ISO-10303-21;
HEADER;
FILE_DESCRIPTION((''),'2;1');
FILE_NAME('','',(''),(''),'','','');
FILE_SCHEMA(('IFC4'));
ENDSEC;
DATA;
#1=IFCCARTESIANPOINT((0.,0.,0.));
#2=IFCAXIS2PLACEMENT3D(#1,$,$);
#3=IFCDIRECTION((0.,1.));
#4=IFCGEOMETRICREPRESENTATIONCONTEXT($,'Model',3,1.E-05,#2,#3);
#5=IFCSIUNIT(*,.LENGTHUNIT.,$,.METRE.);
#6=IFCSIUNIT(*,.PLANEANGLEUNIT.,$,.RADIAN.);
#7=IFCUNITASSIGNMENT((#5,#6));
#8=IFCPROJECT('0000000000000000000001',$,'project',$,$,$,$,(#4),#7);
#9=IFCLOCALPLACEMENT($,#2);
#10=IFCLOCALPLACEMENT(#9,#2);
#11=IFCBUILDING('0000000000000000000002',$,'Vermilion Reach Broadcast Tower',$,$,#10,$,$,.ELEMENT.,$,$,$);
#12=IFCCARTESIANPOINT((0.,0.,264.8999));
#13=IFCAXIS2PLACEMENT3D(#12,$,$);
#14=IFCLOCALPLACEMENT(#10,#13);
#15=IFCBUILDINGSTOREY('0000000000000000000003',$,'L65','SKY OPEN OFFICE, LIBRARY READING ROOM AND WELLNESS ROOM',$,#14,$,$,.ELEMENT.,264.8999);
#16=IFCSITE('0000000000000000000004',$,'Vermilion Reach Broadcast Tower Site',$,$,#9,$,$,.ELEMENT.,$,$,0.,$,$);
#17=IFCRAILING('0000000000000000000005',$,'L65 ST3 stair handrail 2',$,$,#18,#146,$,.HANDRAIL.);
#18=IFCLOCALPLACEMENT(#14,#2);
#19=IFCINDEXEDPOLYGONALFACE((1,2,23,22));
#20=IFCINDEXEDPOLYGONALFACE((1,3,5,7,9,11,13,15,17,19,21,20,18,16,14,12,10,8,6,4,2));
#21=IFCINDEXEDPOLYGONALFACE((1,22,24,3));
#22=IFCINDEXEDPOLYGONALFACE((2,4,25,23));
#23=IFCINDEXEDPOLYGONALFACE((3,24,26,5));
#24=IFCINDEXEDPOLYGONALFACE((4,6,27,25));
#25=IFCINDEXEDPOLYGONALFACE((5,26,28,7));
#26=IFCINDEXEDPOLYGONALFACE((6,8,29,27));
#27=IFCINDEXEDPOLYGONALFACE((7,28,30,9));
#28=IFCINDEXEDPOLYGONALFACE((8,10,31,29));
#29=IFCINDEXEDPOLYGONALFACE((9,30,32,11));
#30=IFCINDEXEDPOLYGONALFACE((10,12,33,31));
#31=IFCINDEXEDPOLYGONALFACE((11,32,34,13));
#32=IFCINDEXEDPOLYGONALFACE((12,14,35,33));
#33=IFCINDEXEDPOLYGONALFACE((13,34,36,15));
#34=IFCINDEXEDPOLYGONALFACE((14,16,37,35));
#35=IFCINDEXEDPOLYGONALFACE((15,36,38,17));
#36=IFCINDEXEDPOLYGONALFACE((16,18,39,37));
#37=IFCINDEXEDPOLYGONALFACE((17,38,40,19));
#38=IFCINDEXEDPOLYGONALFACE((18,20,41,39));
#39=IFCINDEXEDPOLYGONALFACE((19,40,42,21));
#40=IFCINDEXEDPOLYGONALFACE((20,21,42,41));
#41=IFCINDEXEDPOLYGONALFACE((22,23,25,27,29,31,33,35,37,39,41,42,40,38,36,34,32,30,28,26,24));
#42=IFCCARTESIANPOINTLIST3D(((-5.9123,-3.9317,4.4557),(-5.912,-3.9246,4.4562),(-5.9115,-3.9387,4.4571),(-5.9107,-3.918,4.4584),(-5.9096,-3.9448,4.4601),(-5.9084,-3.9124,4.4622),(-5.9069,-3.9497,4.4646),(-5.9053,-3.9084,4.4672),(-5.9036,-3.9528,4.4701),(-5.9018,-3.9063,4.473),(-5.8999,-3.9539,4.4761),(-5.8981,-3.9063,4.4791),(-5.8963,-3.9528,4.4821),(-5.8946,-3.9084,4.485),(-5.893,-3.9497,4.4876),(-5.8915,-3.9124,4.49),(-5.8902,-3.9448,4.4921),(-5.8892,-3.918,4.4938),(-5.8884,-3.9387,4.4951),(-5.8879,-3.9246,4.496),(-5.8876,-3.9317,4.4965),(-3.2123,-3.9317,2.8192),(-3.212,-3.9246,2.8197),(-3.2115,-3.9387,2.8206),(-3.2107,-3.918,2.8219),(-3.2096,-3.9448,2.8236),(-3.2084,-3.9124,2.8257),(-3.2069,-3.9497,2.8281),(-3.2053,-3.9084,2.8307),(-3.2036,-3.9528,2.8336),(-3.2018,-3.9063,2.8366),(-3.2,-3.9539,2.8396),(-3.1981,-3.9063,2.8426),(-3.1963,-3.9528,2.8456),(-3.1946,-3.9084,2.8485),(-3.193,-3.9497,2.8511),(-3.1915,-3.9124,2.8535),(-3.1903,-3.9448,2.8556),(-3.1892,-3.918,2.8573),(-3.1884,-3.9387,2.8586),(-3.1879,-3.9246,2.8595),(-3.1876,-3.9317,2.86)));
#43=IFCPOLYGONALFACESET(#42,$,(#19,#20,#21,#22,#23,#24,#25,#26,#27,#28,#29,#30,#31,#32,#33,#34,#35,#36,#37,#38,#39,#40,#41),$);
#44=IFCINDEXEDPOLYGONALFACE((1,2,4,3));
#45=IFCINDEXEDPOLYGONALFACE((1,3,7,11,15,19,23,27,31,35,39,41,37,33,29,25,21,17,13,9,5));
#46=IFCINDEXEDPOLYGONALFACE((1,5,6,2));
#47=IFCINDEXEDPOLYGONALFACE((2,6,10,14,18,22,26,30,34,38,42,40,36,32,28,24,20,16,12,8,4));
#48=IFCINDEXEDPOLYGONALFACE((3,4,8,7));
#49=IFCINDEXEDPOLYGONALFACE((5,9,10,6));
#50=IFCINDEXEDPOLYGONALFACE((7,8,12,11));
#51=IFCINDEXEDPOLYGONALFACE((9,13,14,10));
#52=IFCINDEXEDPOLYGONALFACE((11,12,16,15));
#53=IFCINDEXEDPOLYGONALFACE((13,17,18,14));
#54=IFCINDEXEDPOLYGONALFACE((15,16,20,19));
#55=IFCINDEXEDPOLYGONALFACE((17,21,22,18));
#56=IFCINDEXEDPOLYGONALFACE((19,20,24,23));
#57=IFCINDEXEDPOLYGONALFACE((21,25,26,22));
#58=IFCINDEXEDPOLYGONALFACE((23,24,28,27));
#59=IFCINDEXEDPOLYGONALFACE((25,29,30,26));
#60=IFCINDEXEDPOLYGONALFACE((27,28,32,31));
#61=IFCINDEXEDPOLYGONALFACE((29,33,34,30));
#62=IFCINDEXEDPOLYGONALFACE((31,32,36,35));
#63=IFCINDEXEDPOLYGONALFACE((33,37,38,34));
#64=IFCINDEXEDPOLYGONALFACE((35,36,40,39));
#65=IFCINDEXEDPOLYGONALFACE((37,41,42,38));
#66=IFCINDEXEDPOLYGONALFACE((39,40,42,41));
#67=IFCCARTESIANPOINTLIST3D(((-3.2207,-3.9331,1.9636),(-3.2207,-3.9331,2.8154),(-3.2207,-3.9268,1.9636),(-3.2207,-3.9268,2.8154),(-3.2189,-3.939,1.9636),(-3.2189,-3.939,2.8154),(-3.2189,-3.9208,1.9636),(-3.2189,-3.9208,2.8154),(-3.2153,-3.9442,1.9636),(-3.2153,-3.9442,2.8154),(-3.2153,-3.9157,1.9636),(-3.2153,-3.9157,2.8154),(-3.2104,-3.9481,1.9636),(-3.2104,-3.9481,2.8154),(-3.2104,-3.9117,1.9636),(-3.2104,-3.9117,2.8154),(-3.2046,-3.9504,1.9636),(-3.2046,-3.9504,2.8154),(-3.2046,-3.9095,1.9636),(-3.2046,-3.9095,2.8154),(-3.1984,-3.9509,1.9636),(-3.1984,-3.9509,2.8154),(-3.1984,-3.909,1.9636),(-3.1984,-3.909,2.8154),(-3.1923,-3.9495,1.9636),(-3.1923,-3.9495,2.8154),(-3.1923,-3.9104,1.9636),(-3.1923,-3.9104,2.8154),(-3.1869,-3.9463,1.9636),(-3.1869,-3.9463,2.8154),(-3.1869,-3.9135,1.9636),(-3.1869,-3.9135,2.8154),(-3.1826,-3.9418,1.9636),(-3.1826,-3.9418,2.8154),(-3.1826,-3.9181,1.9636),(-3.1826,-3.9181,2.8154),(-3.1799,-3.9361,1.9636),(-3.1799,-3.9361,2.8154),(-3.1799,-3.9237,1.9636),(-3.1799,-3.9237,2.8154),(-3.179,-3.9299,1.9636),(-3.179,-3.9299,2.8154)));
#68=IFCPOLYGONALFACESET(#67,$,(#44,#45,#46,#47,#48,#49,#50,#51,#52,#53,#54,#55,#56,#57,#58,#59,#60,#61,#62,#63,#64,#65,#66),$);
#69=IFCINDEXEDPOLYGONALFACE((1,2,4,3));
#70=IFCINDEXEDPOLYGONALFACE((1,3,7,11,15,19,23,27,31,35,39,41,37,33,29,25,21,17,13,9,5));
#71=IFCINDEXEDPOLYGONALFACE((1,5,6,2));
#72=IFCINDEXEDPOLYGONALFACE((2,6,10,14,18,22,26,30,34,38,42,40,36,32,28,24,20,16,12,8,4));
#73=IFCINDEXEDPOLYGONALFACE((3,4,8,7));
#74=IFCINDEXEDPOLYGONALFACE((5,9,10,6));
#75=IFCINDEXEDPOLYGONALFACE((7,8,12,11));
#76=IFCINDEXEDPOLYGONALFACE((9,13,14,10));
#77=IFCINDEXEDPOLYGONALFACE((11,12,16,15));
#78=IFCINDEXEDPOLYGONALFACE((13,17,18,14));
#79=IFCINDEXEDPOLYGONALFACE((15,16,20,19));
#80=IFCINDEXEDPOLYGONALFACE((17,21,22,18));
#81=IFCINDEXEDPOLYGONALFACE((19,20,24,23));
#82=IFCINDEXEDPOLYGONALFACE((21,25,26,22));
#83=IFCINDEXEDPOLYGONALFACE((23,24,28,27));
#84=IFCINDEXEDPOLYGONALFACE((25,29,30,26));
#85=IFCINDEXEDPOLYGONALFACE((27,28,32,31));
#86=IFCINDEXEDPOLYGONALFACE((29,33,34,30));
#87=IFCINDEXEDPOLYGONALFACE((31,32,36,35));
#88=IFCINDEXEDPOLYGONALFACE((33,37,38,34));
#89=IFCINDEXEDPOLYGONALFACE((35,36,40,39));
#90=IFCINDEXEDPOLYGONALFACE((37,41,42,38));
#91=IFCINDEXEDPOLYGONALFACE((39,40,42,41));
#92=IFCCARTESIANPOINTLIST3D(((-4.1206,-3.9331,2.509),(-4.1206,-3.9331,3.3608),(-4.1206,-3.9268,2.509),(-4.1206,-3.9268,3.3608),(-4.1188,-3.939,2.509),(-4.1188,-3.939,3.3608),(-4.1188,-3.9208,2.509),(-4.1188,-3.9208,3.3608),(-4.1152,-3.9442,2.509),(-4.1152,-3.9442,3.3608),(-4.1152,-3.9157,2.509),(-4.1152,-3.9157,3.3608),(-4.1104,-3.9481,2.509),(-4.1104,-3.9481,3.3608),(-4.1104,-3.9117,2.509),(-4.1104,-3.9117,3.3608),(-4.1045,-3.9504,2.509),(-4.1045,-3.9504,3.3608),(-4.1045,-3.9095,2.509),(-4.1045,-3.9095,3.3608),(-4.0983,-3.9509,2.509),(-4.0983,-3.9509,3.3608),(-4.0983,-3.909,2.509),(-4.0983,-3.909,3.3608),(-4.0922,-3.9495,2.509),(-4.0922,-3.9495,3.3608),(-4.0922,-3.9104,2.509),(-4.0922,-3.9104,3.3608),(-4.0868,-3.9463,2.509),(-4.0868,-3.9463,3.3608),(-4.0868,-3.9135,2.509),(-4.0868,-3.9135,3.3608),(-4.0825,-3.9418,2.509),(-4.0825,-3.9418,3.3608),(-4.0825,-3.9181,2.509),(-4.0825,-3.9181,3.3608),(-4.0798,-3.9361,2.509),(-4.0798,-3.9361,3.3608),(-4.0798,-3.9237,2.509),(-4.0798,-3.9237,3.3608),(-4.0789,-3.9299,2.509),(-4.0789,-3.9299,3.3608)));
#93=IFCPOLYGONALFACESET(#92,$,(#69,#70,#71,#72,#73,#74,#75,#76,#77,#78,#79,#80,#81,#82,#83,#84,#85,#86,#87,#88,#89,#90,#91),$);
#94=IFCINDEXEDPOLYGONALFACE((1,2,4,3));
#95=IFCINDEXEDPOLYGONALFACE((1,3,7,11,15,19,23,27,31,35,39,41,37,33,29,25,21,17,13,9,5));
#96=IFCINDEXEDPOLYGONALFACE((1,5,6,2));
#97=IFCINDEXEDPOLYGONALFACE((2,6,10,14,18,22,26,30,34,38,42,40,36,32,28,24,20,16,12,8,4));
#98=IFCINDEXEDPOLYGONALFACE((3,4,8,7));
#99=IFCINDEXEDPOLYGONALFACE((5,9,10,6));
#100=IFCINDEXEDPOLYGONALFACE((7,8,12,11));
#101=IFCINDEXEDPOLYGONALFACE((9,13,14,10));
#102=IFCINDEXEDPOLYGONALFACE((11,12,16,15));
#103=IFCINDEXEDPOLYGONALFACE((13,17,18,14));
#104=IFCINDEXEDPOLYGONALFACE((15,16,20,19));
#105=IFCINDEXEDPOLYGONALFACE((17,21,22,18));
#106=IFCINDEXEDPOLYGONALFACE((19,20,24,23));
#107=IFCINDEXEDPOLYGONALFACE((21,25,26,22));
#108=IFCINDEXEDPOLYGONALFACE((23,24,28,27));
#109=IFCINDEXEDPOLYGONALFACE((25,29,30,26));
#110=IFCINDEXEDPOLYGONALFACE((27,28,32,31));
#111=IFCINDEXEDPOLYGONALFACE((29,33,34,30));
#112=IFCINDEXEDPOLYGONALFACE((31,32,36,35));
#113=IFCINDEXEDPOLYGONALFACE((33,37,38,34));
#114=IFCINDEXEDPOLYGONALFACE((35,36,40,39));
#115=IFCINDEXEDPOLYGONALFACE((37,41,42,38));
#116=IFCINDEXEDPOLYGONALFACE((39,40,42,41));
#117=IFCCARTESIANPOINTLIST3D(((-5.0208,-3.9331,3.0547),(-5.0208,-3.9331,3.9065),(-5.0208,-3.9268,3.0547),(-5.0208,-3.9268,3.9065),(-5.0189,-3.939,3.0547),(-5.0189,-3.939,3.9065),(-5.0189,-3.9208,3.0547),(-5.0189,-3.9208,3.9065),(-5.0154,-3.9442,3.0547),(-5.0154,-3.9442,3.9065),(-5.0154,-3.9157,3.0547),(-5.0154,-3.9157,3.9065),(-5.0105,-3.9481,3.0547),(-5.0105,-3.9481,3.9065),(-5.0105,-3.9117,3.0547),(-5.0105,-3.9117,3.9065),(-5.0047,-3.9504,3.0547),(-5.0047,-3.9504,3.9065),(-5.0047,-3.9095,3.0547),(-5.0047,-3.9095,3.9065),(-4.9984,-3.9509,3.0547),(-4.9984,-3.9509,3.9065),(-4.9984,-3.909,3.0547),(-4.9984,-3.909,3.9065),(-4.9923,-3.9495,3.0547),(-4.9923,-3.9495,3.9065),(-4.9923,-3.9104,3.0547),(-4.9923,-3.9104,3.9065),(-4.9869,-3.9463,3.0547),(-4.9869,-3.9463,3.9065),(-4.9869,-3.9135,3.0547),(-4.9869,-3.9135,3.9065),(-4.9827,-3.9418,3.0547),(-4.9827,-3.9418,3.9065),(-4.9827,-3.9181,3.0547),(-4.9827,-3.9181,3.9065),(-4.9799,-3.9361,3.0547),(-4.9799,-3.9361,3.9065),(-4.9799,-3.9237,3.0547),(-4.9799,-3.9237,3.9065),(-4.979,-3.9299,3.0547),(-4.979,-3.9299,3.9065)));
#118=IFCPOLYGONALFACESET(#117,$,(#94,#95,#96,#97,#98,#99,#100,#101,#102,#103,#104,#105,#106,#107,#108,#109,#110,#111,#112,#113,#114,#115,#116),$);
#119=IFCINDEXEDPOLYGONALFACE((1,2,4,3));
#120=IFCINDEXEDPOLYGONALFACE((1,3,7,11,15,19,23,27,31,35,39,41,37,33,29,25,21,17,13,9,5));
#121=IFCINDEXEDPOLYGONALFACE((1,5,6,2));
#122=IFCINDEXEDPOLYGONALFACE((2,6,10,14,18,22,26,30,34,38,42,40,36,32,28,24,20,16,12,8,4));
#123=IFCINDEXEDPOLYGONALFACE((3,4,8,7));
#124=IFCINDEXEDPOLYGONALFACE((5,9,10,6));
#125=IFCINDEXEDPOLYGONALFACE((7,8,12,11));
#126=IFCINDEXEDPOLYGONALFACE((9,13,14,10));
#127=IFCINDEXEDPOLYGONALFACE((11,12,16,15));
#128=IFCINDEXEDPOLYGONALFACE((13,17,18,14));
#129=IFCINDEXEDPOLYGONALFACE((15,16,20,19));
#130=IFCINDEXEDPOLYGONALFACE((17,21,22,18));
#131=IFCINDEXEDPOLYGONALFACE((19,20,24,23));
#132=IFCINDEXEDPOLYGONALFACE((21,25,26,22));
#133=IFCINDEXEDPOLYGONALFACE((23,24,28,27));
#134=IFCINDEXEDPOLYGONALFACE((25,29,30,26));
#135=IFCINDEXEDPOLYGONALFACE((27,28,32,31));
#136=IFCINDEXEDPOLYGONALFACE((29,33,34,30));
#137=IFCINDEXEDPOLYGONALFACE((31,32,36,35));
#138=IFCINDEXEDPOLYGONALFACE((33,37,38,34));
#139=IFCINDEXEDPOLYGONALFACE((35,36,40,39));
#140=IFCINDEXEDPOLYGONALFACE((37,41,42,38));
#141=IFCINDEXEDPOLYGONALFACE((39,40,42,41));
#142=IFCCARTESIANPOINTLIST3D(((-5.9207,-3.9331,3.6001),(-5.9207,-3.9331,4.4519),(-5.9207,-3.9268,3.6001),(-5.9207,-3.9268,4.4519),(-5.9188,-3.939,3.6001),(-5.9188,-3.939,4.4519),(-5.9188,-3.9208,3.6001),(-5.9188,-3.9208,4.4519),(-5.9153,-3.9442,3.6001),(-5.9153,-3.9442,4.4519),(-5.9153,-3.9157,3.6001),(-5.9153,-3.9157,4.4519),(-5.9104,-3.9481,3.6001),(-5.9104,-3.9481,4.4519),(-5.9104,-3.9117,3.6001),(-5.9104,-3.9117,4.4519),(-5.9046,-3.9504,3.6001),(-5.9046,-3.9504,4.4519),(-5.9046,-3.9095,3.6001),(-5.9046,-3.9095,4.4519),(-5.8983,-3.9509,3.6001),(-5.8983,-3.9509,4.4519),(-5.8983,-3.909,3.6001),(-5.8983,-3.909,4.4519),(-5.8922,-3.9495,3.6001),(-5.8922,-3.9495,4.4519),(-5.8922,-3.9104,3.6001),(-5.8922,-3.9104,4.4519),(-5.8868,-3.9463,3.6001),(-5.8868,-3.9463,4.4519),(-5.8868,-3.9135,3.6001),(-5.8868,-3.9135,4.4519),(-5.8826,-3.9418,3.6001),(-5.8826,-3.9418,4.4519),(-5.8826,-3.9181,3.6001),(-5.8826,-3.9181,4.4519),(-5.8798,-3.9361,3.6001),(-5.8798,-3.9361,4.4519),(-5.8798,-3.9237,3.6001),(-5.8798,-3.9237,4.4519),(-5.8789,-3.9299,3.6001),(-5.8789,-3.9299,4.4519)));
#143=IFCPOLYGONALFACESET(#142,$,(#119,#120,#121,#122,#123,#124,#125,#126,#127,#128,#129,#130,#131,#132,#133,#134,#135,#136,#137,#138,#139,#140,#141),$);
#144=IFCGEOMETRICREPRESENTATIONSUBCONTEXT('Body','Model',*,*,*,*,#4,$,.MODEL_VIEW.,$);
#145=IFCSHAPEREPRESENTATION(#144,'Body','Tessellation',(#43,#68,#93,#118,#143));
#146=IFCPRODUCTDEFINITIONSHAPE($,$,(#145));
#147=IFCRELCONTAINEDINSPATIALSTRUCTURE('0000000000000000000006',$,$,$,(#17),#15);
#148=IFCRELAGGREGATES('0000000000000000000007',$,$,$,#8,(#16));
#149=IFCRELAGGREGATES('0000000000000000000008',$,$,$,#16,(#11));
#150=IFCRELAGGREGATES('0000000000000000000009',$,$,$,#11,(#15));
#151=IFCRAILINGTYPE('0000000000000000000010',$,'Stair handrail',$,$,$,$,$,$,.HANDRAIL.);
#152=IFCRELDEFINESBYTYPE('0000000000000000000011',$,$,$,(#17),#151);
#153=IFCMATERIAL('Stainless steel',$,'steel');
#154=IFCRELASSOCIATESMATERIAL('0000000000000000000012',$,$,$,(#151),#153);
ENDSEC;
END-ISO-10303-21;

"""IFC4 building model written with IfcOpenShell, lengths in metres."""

from ifc_helpers import new_model, si_unit, direction, frame, origin, origin_2d, place, context, subcontext, project, spatial, circle, extrude, material, type_object, element, save


model = new_model("IFC4")

# Units and contexts
model_context = context("Model", 3, precision=1e-05, world=origin(), true_north=direction((0.0, 1.0)))
body_context = subcontext(model_context, "Body", "Model", "MODEL_VIEW")
ifc_project = project(units=[si_unit("LENGTHUNIT", "METRE"), si_unit("PLANEANGLEUNIT", "RADIAN")], contexts=[model_context])

# Site, building, storey
site_placement = place(None, origin())
site = spatial("IfcSite", under=ifc_project, at=site_placement, Name="Vermilion Reach Broadcast Tower Site", CompositionType="ELEMENT", RefElevation=0.0)
building_placement = place(site_placement, origin())
building = spatial("IfcBuilding", under=site, at=building_placement, Name="Vermilion Reach Broadcast Tower", CompositionType="ELEMENT")
storey_placement = place(building_placement, frame((0.0, 0.0, 264.8999)))
storey = spatial("IfcBuildingStorey", under=building, at=storey_placement, Name="L65", Description="SKY OPEN OFFICE, LIBRARY READING ROOM AND WELLNESS ROOM", CompositionType="ELEMENT", Elevation=264.8999)

# Railing
ifc_material_1 = material(Name="Stainless steel", Category="steel")
railing_type_1 = type_object("IfcRailingType", Name="Stair handrail", PredefinedType="HANDRAIL", material=ifc_material_1)
railing_1_placement = place(storey_placement, frame((-3.2, -3.9299, 1.9636)))
element("IfcRailing", 1, at=railing_1_placement, inside=storey, type_object=railing_type_1, Name="L65 ST3 stair handrail 2", PredefinedType="HANDRAIL", context=body_context, shape_type="SweptSolid", body=[
    extrude(circle(Radius=0.0239, at=origin_2d()), frame((0.0, 0.0, 0.876), z_axis=(-0.855178, 0.0, 0.518334), x_axis=(0.0, -1.0, 0.0)), (0.0, 0.0, 1.0), 3.1572),
    extrude(circle(Radius=0.021, at=origin_2d()), origin(), (0.0, 0.0, 1.0), 0.8518),
    extrude(circle(Radius=0.021, at=origin_2d()), frame((-0.8999, 0.0, 0.5454)), (0.0, 0.0, 1.0), 0.8518),
    extrude(circle(Radius=0.021, at=origin_2d()), frame((-1.8, 0.0, 1.0911)), (0.0, 0.0, 1.0), 0.8518),
    extrude(circle(Radius=0.021, at=origin_2d()), frame((-2.7, 0.0, 1.6365)), (0.0, 0.0, 1.0), 0.8518),
])

save(model, "model.ifc")
